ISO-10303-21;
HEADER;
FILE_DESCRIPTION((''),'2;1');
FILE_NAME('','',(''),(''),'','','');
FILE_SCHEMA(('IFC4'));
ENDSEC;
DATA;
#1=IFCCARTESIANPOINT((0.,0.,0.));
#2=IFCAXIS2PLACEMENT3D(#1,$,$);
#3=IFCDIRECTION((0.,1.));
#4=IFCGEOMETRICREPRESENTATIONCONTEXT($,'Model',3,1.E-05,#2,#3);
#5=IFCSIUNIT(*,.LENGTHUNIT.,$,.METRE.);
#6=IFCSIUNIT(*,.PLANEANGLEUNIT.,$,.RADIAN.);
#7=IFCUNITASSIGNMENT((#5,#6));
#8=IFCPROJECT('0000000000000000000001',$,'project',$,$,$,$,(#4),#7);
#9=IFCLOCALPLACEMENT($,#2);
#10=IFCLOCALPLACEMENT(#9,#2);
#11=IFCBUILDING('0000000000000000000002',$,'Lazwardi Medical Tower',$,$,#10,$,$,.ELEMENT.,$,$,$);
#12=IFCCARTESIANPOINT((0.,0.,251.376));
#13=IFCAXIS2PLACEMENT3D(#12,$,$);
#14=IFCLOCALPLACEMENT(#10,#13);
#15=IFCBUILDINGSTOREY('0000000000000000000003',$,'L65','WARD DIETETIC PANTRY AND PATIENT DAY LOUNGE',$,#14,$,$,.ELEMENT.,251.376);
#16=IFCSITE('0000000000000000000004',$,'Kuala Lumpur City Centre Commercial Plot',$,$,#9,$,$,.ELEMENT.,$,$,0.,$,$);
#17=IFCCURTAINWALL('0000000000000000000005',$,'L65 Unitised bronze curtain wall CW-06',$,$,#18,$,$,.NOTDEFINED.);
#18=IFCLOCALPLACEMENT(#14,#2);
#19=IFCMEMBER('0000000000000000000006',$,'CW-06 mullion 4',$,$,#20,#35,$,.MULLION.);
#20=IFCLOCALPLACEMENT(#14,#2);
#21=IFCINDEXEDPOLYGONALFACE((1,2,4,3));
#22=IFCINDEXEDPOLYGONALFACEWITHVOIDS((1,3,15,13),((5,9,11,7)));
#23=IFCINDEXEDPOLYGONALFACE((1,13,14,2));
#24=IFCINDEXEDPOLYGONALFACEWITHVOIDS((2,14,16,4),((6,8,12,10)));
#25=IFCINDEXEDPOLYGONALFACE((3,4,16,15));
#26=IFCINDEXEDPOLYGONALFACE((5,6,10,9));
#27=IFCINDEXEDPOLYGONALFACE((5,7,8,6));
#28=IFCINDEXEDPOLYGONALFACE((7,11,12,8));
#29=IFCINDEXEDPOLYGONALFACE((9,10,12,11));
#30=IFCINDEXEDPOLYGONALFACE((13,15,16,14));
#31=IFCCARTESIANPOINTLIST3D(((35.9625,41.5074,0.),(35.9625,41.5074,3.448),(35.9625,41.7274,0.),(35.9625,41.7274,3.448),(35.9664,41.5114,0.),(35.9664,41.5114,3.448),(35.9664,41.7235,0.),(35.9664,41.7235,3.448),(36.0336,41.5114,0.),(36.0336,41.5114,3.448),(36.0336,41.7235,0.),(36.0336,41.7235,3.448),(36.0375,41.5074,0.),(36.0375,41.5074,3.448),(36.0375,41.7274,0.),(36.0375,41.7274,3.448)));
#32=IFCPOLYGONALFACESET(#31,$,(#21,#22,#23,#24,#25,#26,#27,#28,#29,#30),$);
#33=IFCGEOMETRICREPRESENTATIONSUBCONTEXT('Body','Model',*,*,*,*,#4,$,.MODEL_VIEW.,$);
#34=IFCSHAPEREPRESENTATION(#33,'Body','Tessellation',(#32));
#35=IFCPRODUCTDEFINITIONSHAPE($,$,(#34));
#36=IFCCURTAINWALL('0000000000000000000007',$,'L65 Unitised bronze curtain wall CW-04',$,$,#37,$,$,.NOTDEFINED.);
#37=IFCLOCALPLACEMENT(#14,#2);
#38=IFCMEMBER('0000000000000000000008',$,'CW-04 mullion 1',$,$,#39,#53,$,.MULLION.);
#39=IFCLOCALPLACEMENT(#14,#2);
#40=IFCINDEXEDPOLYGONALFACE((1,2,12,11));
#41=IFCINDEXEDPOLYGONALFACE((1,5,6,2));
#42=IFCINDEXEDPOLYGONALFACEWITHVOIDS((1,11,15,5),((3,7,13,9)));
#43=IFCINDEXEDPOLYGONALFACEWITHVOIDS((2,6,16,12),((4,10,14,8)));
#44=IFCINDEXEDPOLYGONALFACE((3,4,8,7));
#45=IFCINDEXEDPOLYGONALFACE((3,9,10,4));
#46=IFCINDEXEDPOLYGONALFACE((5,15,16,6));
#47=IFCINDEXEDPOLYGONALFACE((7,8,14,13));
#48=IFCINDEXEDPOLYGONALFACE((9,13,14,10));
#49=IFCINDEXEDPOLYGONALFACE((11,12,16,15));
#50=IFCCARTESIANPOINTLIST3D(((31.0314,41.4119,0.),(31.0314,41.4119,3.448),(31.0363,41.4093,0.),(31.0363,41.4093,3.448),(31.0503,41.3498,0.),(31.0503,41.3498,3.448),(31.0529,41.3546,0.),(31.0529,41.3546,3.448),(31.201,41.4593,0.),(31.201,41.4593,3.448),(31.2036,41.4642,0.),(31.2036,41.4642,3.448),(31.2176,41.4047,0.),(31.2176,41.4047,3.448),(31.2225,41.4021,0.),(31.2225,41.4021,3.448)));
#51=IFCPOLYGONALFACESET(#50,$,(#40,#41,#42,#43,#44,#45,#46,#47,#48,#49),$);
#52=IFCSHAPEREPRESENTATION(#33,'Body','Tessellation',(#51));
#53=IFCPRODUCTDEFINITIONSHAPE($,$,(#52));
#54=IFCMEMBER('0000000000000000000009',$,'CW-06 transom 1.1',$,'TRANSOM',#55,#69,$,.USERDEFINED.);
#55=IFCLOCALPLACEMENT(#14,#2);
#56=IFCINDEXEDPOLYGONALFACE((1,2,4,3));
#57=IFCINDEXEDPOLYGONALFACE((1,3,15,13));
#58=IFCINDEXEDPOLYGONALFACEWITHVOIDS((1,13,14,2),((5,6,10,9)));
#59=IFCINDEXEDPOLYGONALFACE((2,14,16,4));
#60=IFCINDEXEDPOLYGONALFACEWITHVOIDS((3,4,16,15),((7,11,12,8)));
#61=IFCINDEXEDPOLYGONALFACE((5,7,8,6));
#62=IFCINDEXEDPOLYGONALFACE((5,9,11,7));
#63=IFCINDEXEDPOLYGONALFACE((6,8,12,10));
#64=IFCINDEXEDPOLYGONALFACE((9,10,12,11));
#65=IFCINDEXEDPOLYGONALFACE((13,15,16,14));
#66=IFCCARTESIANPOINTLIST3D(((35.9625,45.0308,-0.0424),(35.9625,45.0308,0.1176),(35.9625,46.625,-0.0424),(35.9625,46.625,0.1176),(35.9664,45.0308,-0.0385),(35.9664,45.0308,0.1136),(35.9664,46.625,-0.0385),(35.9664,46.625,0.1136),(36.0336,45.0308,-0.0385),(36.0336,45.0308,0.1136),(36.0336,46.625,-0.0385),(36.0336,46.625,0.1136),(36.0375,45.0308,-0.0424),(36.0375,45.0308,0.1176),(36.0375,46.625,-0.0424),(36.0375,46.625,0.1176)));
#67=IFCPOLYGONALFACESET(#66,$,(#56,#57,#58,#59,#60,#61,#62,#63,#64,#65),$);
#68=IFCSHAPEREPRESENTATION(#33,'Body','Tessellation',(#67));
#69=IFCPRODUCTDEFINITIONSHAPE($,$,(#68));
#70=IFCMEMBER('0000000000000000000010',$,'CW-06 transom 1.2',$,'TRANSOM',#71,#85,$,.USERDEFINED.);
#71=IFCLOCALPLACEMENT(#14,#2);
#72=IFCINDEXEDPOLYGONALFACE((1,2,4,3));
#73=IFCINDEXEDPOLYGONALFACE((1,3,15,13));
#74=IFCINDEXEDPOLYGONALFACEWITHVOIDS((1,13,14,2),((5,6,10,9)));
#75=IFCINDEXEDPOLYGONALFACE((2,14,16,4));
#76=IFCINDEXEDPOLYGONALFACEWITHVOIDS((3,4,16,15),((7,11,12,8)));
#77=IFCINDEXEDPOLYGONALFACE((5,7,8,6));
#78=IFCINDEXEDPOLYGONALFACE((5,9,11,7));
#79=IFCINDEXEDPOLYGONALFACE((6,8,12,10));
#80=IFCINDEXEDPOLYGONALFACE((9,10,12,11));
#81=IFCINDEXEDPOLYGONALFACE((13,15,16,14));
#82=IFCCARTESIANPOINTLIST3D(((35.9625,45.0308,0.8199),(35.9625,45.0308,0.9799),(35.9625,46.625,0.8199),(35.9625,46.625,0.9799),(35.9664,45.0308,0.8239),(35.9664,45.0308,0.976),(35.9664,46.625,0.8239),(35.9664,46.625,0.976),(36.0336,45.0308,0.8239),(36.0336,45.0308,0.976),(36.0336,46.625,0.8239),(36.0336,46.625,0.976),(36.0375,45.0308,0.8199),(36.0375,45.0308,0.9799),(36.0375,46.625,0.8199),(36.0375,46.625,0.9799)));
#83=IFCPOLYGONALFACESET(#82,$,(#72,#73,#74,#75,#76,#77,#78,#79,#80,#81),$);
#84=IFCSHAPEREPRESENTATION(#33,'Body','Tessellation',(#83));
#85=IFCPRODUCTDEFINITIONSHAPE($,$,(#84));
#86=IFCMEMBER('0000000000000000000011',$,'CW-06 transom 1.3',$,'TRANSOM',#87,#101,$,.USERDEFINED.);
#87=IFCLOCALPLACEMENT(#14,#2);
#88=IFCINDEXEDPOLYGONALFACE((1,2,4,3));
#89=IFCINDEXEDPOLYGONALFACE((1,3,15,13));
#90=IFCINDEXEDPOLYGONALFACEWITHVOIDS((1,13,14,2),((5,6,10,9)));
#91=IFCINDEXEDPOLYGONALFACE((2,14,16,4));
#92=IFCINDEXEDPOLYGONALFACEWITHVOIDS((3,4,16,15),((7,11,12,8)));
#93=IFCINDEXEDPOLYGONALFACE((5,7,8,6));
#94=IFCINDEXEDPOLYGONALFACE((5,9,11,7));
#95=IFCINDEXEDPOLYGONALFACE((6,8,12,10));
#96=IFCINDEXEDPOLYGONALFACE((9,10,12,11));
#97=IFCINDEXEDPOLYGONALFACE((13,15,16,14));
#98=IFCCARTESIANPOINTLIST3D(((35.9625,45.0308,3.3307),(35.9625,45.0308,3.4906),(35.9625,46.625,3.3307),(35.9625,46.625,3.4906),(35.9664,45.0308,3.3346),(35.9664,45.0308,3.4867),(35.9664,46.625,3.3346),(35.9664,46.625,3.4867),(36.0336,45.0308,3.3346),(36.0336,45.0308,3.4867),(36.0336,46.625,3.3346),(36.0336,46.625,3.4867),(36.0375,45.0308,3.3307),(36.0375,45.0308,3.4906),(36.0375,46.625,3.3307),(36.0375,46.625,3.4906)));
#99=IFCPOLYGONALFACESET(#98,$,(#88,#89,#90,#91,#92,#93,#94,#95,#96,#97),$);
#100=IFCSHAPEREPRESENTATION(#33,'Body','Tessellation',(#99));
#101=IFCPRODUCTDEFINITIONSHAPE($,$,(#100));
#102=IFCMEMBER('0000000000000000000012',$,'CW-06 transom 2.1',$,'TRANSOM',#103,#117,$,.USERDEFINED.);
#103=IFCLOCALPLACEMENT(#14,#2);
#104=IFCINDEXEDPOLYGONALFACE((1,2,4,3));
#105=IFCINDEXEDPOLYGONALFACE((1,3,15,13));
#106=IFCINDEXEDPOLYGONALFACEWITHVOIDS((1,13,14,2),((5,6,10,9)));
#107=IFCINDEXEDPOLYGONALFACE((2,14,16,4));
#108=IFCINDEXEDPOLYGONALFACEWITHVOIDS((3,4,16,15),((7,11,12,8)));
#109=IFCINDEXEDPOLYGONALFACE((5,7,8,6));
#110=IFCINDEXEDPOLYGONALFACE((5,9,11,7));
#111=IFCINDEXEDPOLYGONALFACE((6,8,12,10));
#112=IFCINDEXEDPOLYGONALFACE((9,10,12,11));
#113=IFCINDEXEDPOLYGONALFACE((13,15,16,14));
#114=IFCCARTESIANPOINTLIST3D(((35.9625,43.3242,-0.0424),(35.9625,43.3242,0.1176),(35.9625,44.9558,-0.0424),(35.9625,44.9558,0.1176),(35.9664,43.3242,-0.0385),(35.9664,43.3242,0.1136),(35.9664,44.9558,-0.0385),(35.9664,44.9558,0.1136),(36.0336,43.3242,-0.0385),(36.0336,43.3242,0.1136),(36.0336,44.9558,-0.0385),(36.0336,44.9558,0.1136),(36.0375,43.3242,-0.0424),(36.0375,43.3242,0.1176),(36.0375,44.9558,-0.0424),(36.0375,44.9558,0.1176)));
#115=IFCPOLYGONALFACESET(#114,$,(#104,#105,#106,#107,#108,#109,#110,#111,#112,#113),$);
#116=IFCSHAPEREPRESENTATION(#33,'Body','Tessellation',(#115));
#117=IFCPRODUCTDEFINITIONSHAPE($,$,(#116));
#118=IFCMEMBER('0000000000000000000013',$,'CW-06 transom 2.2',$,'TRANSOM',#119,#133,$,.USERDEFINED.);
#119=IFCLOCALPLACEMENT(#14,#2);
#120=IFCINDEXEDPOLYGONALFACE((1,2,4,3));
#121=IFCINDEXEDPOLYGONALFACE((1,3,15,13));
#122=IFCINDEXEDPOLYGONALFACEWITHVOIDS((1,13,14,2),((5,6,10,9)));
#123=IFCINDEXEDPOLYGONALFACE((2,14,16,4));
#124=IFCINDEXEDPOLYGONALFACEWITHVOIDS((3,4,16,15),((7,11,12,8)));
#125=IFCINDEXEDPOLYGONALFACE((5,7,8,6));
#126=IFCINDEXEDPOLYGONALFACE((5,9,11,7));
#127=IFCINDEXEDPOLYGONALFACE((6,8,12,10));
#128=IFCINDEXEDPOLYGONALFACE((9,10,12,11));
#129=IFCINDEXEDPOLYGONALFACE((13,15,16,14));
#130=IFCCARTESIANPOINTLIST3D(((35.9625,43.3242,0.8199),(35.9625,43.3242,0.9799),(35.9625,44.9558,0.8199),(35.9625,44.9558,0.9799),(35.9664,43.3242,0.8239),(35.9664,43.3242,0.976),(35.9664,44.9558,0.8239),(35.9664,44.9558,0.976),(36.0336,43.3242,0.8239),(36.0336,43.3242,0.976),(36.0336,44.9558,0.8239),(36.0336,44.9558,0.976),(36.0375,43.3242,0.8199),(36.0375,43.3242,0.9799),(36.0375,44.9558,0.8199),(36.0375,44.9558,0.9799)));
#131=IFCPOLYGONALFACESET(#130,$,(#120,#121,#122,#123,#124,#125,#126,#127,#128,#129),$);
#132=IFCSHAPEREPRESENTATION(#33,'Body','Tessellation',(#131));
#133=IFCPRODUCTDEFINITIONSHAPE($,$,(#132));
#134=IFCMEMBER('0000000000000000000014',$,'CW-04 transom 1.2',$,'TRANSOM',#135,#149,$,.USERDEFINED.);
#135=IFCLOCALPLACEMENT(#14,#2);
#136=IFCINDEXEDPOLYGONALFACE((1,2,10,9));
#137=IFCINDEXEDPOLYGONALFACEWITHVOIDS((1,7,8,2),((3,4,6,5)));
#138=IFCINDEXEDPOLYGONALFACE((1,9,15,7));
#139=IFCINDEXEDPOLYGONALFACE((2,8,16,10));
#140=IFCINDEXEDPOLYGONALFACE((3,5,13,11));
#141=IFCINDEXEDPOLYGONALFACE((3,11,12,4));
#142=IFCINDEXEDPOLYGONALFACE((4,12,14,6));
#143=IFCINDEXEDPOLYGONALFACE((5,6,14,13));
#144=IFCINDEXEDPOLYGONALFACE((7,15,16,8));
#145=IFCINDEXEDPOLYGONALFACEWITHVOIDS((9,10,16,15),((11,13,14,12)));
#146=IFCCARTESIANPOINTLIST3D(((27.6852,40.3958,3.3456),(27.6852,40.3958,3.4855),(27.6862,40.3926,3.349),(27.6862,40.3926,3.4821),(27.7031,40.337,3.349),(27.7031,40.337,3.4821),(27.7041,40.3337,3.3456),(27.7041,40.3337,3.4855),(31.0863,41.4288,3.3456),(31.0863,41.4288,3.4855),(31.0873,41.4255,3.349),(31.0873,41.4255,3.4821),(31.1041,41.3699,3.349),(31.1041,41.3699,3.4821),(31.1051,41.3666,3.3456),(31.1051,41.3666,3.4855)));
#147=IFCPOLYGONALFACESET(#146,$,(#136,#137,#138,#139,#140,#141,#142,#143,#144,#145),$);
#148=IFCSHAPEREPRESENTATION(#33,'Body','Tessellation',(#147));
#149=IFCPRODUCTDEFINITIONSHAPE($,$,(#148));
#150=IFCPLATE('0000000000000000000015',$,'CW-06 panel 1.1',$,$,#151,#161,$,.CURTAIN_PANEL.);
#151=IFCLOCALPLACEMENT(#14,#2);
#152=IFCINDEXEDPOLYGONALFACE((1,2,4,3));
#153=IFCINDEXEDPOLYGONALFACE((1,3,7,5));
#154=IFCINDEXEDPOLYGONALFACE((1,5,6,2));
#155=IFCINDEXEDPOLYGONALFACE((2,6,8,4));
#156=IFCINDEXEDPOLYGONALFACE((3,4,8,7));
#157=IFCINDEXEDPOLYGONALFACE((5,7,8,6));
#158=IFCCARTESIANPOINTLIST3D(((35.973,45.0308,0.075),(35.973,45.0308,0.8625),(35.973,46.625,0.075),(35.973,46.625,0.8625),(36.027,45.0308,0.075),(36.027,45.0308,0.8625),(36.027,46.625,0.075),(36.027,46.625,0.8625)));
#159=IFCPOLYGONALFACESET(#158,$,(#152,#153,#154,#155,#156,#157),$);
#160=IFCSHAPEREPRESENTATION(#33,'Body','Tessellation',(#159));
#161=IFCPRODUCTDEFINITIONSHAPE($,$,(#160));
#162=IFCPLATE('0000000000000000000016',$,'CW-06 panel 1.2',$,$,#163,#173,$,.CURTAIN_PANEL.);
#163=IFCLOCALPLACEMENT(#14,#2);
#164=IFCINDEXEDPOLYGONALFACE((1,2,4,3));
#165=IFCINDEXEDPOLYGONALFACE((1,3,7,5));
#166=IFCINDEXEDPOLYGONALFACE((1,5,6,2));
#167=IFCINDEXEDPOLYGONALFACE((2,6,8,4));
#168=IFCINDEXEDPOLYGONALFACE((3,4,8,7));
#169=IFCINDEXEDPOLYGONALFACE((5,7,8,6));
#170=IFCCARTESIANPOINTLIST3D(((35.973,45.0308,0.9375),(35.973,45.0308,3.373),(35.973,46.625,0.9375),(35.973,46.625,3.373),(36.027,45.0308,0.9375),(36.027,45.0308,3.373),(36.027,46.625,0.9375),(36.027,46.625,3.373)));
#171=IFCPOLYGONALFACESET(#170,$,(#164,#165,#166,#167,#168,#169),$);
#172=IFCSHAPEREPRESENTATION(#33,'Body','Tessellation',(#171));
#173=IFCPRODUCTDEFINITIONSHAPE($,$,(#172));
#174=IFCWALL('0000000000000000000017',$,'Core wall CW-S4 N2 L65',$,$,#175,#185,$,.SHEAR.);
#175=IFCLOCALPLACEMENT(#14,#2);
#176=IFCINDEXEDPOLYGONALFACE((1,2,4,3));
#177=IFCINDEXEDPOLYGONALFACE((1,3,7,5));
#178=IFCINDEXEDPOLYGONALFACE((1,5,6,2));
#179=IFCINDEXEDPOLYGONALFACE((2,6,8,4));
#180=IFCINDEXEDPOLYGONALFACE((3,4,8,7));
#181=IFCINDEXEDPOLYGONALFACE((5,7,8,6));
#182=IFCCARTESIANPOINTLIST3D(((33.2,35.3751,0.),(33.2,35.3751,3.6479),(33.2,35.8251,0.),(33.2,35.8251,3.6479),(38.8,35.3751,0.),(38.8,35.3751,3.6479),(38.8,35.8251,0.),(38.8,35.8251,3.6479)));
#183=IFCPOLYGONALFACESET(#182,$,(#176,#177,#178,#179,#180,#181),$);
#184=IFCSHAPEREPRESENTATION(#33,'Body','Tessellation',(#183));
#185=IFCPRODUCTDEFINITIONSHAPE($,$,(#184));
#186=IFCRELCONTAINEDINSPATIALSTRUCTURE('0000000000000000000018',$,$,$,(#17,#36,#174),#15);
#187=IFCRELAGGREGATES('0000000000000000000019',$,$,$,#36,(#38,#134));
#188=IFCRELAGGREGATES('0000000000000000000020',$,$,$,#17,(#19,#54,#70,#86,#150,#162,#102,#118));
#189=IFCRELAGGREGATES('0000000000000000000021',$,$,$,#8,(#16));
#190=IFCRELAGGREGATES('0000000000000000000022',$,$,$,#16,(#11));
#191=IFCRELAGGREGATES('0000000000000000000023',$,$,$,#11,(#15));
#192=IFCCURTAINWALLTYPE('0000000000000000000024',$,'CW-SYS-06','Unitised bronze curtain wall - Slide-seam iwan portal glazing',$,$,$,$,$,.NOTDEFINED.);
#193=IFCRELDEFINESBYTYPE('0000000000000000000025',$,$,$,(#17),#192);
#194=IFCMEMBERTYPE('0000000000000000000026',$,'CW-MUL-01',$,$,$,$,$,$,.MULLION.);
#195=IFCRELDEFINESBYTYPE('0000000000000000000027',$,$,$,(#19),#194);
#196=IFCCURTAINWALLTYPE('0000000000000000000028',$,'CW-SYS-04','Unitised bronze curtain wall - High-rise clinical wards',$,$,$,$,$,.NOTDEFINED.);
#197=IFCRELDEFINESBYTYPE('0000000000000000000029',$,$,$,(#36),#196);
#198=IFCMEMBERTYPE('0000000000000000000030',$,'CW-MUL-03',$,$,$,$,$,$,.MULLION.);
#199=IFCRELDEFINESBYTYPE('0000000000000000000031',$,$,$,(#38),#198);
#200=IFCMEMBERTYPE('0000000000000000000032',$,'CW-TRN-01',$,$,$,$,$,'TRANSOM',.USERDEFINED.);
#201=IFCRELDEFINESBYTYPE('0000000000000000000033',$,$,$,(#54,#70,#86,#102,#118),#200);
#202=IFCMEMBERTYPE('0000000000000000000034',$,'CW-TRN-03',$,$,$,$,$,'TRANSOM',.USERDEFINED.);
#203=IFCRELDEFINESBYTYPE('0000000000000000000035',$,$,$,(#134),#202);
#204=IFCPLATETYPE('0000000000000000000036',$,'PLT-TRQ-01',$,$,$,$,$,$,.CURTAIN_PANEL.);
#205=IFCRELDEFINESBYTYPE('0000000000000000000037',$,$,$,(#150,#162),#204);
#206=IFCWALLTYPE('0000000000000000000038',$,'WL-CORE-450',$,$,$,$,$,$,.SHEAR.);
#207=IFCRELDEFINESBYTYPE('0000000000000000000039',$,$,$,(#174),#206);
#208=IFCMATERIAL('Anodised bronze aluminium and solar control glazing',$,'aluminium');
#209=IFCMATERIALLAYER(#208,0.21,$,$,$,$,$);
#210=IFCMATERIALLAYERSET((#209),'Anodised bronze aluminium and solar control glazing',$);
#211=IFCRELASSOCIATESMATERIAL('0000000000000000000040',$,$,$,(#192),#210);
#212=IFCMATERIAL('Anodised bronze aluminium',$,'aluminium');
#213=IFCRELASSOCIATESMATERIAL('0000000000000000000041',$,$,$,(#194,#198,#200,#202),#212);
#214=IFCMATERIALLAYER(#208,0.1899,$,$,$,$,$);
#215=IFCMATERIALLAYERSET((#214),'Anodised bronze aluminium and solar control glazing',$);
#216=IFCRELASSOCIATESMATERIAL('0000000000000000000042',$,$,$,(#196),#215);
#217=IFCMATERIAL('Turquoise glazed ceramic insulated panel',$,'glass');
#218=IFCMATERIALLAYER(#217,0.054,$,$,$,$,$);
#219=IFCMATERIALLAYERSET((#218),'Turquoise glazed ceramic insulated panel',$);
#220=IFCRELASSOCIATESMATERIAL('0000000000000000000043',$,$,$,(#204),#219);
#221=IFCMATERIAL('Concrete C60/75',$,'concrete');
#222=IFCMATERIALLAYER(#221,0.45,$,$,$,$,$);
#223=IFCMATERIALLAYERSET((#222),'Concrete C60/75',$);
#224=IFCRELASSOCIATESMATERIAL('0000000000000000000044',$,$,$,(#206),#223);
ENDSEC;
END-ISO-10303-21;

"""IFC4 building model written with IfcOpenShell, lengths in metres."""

from ifc_helpers import new_model, si_unit, direction, frame, frame_2d, origin, origin_2d, place, context, subcontext, project, spatial, rectangle, hollow_rectangle, extrude, material, layer, layer_set, material_profile, profile_set, type_object, element, aggregate, save


model = new_model("IFC4")

# Units and contexts
model_context = context("Model", 3, precision=1e-05, world=origin(), true_north=direction((0.0, 1.0)))
body_context = subcontext(model_context, "Body", "Model", "MODEL_VIEW")
ifc_project = project(units=[si_unit("LENGTHUNIT", "METRE"), si_unit("PLANEANGLEUNIT", "RADIAN")], contexts=[model_context])

# Site, building, storey
site_placement = place(None, origin())
site = spatial("IfcSite", under=ifc_project, at=site_placement, Name="Kuala Lumpur City Centre Commercial Plot", CompositionType="ELEMENT", RefElevation=0.0)
building_placement = place(site_placement, origin())
building = spatial("IfcBuilding", under=site, at=building_placement, Name="Lazwardi Medical Tower", CompositionType="ELEMENT")
storey_placement = place(building_placement, frame((0.0, 0.0, 251.376)))
storey = spatial("IfcBuildingStorey", under=building, at=storey_placement, Name="L65", Description="WARD DIETETIC PANTRY AND PATIENT DAY LOUNGE", CompositionType="ELEMENT", Elevation=251.376)

# Shared definitions
ifc_material_1 = material(Name="Concrete C60/75", Category="concrete")

# Curtain wall, member
ifc_material_2 = material(Name="Anodised bronze aluminium and solar control glazing", Category="aluminium")
ifc_layer_1 = layer(ifc_material_2, 0.21)
ifc_layer_set_1 = layer_set([ifc_layer_1], Name="Anodised bronze aluminium and solar control glazing")
curtain_wall_type_1 = type_object("IfcCurtainWallType", Name="CW-SYS-06", Description="Unitised bronze curtain wall - Slide-seam iwan portal glazing", PredefinedType="NOTDEFINED", material=ifc_layer_set_1)
curtain_wall_1_placement = place(storey_placement, origin())
curtain_wall_1 = element("IfcCurtainWall", 1, at=curtain_wall_1_placement, inside=storey, type_object=curtain_wall_type_1, Name="L65 Unitised bronze curtain wall CW-06", PredefinedType="NOTDEFINED")
ifc_material_3 = material(Name="Anodised bronze aluminium", Category="aluminium")
ifc_material_profile_1 = material_profile(ifc_material_3, hollow_rectangle(XDim=0.075, YDim=0.22, WallThickness=0.0039, at=origin_2d()), Name="ALU-MULLION 220x75x4")
ifc_profile_set_1 = profile_set([ifc_material_profile_1], Name="Anodised bronze aluminium")
member_type_1 = type_object("IfcMemberType", Name="CW-MUL-01", PredefinedType="MULLION", material=ifc_profile_set_1)
member_1_placement = place(storey_placement, frame((36.0, 41.6174, 0.0), z_axis=(0.0, 0.0, 1.0), x_axis=(1.0, 0.0, 0.0)))
member_1 = element("IfcMember", 2, at=member_1_placement, type_object=member_type_1, Name="CW-06 mullion 4", PredefinedType="MULLION", context=body_context, shape_type="SweptSolid", body=[
    extrude(hollow_rectangle(XDim=0.075, YDim=0.22, WallThickness=0.0039, at=origin_2d()), origin(), (0.0, 0.0, 1.0), 3.448),
])

# Curtain wall, member
ifc_layer_2 = layer(ifc_material_2, 0.1899)
ifc_layer_set_2 = layer_set([ifc_layer_2], Name="Anodised bronze aluminium and solar control glazing")
curtain_wall_type_2 = type_object("IfcCurtainWallType", Name="CW-SYS-04", Description="Unitised bronze curtain wall - High-rise clinical wards", PredefinedType="NOTDEFINED", material=ifc_layer_set_2)
curtain_wall_2_placement = place(storey_placement, origin())
curtain_wall_2 = element("IfcCurtainWall", 3, at=curtain_wall_2_placement, inside=storey, type_object=curtain_wall_type_2, Name="L65 Unitised bronze curtain wall CW-04", PredefinedType="NOTDEFINED")
ifc_material_profile_2 = material_profile(ifc_material_3, hollow_rectangle(XDim=0.0649, YDim=0.1799, WallThickness=0.0039, at=origin_2d()), Name="ALU-MULLION 180x65x4")
ifc_profile_set_2 = profile_set([ifc_material_profile_2], Name="Anodised bronze aluminium")
member_type_2 = type_object("IfcMemberType", Name="CW-MUL-03", PredefinedType="MULLION", material=ifc_profile_set_2)
member_2_placement = place(storey_placement, frame((31.127, 41.407, 0.0), z_axis=(0.0, 0.0, 1.0), x_axis=(0.290582, -0.95685, 0.0)))
member_2 = element("IfcMember", 4, at=member_2_placement, type_object=member_type_2, Name="CW-04 mullion 1", PredefinedType="MULLION", context=body_context, shape_type="SweptSolid", body=[
    extrude(hollow_rectangle(XDim=0.0649, YDim=0.1799, WallThickness=0.0039, at=origin_2d()), origin(), (0.0, 0.0, 1.0), 3.448),
])

# Members
ifc_material_profile_3 = material_profile(ifc_material_3, hollow_rectangle(XDim=0.075, YDim=0.1599, WallThickness=0.0039, at=origin_2d()), Name="ALU-TRANSOM 160x75x4")
ifc_profile_set_3 = profile_set([ifc_material_profile_3], Name="Anodised bronze aluminium")
member_type_3 = type_object("IfcMemberType", Name="CW-TRN-01", ElementType="TRANSOM", PredefinedType="USERDEFINED", material=ifc_profile_set_3)
member_3_placement = place(storey_placement, frame((36.0, 46.625, 0.0376), z_axis=(0.0, -1.0, 0.0), x_axis=(1.0, 0.0, 0.0)))
member_3 = element("IfcMember", 5, at=member_3_placement, type_object=member_type_3, Name="CW-06 transom 1.1", ObjectType="TRANSOM", PredefinedType="USERDEFINED", context=body_context, shape_type="SweptSolid", body=[
    extrude(hollow_rectangle(XDim=0.075, YDim=0.1599, WallThickness=0.0039, at=origin_2d()), origin(), (0.0, 0.0, 1.0), 1.5942),
])
member_4_placement = place(storey_placement, frame((36.0, 46.625, 0.8999), z_axis=(0.0, -1.0, 0.0), x_axis=(1.0, 0.0, 0.0)))
member_4 = element("IfcMember", 6, at=member_4_placement, type_object=member_type_3, Name="CW-06 transom 1.2", ObjectType="TRANSOM", PredefinedType="USERDEFINED", context=body_context, shape_type="SweptSolid", body=[
    extrude(hollow_rectangle(XDim=0.075, YDim=0.1599, WallThickness=0.0039, at=origin_2d()), origin(), (0.0, 0.0, 1.0), 1.5942),
])
member_5_placement = place(storey_placement, frame((36.0, 46.625, 3.4106), z_axis=(0.0, -1.0, 0.0), x_axis=(1.0, 0.0, 0.0)))
member_5 = element("IfcMember", 7, at=member_5_placement, type_object=member_type_3, Name="CW-06 transom 1.3", ObjectType="TRANSOM", PredefinedType="USERDEFINED", context=body_context, shape_type="SweptSolid", body=[
    extrude(hollow_rectangle(XDim=0.075, YDim=0.1599, WallThickness=0.0039, at=origin_2d()), origin(), (0.0, 0.0, 1.0), 1.5942),
])
member_6_placement = place(storey_placement, frame((36.0, 44.9558, 0.0376), z_axis=(0.0, -1.0, 0.0), x_axis=(1.0, 0.0, 0.0)))
member_6 = element("IfcMember", 8, at=member_6_placement, type_object=member_type_3, Name="CW-06 transom 2.1", ObjectType="TRANSOM", PredefinedType="USERDEFINED", context=body_context, shape_type="SweptSolid", body=[
    extrude(hollow_rectangle(XDim=0.075, YDim=0.1599, WallThickness=0.0039, at=origin_2d()), origin(), (0.0, 0.0, 1.0), 1.6316),
])
member_7_placement = place(storey_placement, frame((36.0, 44.9558, 0.8999), z_axis=(0.0, -1.0, 0.0), x_axis=(1.0, 0.0, 0.0)))
member_7 = element("IfcMember", 9, at=member_7_placement, type_object=member_type_3, Name="CW-06 transom 2.2", ObjectType="TRANSOM", PredefinedType="USERDEFINED", context=body_context, shape_type="SweptSolid", body=[
    extrude(hollow_rectangle(XDim=0.075, YDim=0.1599, WallThickness=0.0039, at=origin_2d()), origin(), (0.0, 0.0, 1.0), 1.6316),
])
ifc_material_profile_4 = material_profile(ifc_material_3, hollow_rectangle(XDim=0.0649, YDim=0.1399, WallThickness=0.0034, at=origin_2d()), Name="ALU-TRANSOM 140x65x3.5")
ifc_profile_set_4 = profile_set([ifc_material_profile_4], Name="Anodised bronze aluminium")
member_type_4 = type_object("IfcMemberType", Name="CW-TRN-03", ElementType="TRANSOM", PredefinedType="USERDEFINED", material=ifc_profile_set_4)
member_8_placement = place(storey_placement, frame((31.0957, 41.3977, 3.4155), z_axis=(-0.956843, -0.290604, 0.0), x_axis=(0.290604, -0.956843, 0.0)))
member_8 = element("IfcMember", 10, at=member_8_placement, type_object=member_type_4, Name="CW-04 transom 1.2", ObjectType="TRANSOM", PredefinedType="USERDEFINED", context=body_context, shape_type="SweptSolid", body=[
    extrude(hollow_rectangle(XDim=0.0649, YDim=0.1399, WallThickness=0.0034, at=origin_2d()), origin(), (0.0, 0.0, 1.0), 3.5544),
])
aggregate(curtain_wall_2, [member_2, member_8])

# Plates
ifc_material_4 = material(Name="Turquoise glazed ceramic insulated panel", Category="glass")
ifc_layer_3 = layer(ifc_material_4, 0.054)
ifc_layer_set_3 = layer_set([ifc_layer_3], Name="Turquoise glazed ceramic insulated panel")
plate_type = type_object("IfcPlateType", Name="PLT-TRQ-01", PredefinedType="CURTAIN_PANEL", material=ifc_layer_set_3)
plate_1_placement = place(storey_placement, frame((36.0, 45.8279, 0.075), z_axis=(0.0, 0.0, 1.0), x_axis=(0.0, -1.0, 0.0)))
plate_1 = element("IfcPlate", 11, at=plate_1_placement, type_object=plate_type, Name="CW-06 panel 1.1", PredefinedType="CURTAIN_PANEL", context=body_context, shape_type="SweptSolid", body=[
    extrude(rectangle(XDim=1.5942, YDim=0.054, at=origin_2d()), origin(), (0.0, 0.0, 1.0), 0.7876),
])
plate_2_placement = place(storey_placement, frame((36.0, 45.8279, 0.9375), z_axis=(0.0, 0.0, 1.0), x_axis=(0.0, -1.0, 0.0)))
plate_2 = element("IfcPlate", 12, at=plate_2_placement, type_object=plate_type, Name="CW-06 panel 1.2", PredefinedType="CURTAIN_PANEL", context=body_context, shape_type="SweptSolid", body=[
    extrude(rectangle(XDim=1.5942, YDim=0.054, at=origin_2d()), origin(), (0.0, 0.0, 1.0), 2.4355),
])
aggregate(curtain_wall_1, [member_1, member_3, member_4, member_5, plate_1, plate_2, member_6, member_7])

# Wall
ifc_layer_4 = layer(ifc_material_1, 0.45)
ifc_layer_set_4 = layer_set([ifc_layer_4], Name="Concrete C60/75")
wall_type = type_object("IfcWallType", Name="WL-CORE-450", PredefinedType="SHEAR", material=ifc_layer_set_4)
wall_placement = place(storey_placement, frame((33.2, 35.6001, 0.0), z_axis=(0.0, 0.0, 1.0), x_axis=(1.0, 0.0, 0.0)))
element("IfcWall", 13, at=wall_placement, inside=storey, type_object=wall_type, Name="Core wall CW-S4 N2 L65", PredefinedType="SHEAR", context=body_context, shape_type="SweptSolid", body=[
    extrude(rectangle(XDim=5.6001, YDim=0.45, at=frame_2d((2.8, 0.0))), origin(), (0.0, 0.0, 1.0), 3.6479),
])

save(model, "model.ifc")
